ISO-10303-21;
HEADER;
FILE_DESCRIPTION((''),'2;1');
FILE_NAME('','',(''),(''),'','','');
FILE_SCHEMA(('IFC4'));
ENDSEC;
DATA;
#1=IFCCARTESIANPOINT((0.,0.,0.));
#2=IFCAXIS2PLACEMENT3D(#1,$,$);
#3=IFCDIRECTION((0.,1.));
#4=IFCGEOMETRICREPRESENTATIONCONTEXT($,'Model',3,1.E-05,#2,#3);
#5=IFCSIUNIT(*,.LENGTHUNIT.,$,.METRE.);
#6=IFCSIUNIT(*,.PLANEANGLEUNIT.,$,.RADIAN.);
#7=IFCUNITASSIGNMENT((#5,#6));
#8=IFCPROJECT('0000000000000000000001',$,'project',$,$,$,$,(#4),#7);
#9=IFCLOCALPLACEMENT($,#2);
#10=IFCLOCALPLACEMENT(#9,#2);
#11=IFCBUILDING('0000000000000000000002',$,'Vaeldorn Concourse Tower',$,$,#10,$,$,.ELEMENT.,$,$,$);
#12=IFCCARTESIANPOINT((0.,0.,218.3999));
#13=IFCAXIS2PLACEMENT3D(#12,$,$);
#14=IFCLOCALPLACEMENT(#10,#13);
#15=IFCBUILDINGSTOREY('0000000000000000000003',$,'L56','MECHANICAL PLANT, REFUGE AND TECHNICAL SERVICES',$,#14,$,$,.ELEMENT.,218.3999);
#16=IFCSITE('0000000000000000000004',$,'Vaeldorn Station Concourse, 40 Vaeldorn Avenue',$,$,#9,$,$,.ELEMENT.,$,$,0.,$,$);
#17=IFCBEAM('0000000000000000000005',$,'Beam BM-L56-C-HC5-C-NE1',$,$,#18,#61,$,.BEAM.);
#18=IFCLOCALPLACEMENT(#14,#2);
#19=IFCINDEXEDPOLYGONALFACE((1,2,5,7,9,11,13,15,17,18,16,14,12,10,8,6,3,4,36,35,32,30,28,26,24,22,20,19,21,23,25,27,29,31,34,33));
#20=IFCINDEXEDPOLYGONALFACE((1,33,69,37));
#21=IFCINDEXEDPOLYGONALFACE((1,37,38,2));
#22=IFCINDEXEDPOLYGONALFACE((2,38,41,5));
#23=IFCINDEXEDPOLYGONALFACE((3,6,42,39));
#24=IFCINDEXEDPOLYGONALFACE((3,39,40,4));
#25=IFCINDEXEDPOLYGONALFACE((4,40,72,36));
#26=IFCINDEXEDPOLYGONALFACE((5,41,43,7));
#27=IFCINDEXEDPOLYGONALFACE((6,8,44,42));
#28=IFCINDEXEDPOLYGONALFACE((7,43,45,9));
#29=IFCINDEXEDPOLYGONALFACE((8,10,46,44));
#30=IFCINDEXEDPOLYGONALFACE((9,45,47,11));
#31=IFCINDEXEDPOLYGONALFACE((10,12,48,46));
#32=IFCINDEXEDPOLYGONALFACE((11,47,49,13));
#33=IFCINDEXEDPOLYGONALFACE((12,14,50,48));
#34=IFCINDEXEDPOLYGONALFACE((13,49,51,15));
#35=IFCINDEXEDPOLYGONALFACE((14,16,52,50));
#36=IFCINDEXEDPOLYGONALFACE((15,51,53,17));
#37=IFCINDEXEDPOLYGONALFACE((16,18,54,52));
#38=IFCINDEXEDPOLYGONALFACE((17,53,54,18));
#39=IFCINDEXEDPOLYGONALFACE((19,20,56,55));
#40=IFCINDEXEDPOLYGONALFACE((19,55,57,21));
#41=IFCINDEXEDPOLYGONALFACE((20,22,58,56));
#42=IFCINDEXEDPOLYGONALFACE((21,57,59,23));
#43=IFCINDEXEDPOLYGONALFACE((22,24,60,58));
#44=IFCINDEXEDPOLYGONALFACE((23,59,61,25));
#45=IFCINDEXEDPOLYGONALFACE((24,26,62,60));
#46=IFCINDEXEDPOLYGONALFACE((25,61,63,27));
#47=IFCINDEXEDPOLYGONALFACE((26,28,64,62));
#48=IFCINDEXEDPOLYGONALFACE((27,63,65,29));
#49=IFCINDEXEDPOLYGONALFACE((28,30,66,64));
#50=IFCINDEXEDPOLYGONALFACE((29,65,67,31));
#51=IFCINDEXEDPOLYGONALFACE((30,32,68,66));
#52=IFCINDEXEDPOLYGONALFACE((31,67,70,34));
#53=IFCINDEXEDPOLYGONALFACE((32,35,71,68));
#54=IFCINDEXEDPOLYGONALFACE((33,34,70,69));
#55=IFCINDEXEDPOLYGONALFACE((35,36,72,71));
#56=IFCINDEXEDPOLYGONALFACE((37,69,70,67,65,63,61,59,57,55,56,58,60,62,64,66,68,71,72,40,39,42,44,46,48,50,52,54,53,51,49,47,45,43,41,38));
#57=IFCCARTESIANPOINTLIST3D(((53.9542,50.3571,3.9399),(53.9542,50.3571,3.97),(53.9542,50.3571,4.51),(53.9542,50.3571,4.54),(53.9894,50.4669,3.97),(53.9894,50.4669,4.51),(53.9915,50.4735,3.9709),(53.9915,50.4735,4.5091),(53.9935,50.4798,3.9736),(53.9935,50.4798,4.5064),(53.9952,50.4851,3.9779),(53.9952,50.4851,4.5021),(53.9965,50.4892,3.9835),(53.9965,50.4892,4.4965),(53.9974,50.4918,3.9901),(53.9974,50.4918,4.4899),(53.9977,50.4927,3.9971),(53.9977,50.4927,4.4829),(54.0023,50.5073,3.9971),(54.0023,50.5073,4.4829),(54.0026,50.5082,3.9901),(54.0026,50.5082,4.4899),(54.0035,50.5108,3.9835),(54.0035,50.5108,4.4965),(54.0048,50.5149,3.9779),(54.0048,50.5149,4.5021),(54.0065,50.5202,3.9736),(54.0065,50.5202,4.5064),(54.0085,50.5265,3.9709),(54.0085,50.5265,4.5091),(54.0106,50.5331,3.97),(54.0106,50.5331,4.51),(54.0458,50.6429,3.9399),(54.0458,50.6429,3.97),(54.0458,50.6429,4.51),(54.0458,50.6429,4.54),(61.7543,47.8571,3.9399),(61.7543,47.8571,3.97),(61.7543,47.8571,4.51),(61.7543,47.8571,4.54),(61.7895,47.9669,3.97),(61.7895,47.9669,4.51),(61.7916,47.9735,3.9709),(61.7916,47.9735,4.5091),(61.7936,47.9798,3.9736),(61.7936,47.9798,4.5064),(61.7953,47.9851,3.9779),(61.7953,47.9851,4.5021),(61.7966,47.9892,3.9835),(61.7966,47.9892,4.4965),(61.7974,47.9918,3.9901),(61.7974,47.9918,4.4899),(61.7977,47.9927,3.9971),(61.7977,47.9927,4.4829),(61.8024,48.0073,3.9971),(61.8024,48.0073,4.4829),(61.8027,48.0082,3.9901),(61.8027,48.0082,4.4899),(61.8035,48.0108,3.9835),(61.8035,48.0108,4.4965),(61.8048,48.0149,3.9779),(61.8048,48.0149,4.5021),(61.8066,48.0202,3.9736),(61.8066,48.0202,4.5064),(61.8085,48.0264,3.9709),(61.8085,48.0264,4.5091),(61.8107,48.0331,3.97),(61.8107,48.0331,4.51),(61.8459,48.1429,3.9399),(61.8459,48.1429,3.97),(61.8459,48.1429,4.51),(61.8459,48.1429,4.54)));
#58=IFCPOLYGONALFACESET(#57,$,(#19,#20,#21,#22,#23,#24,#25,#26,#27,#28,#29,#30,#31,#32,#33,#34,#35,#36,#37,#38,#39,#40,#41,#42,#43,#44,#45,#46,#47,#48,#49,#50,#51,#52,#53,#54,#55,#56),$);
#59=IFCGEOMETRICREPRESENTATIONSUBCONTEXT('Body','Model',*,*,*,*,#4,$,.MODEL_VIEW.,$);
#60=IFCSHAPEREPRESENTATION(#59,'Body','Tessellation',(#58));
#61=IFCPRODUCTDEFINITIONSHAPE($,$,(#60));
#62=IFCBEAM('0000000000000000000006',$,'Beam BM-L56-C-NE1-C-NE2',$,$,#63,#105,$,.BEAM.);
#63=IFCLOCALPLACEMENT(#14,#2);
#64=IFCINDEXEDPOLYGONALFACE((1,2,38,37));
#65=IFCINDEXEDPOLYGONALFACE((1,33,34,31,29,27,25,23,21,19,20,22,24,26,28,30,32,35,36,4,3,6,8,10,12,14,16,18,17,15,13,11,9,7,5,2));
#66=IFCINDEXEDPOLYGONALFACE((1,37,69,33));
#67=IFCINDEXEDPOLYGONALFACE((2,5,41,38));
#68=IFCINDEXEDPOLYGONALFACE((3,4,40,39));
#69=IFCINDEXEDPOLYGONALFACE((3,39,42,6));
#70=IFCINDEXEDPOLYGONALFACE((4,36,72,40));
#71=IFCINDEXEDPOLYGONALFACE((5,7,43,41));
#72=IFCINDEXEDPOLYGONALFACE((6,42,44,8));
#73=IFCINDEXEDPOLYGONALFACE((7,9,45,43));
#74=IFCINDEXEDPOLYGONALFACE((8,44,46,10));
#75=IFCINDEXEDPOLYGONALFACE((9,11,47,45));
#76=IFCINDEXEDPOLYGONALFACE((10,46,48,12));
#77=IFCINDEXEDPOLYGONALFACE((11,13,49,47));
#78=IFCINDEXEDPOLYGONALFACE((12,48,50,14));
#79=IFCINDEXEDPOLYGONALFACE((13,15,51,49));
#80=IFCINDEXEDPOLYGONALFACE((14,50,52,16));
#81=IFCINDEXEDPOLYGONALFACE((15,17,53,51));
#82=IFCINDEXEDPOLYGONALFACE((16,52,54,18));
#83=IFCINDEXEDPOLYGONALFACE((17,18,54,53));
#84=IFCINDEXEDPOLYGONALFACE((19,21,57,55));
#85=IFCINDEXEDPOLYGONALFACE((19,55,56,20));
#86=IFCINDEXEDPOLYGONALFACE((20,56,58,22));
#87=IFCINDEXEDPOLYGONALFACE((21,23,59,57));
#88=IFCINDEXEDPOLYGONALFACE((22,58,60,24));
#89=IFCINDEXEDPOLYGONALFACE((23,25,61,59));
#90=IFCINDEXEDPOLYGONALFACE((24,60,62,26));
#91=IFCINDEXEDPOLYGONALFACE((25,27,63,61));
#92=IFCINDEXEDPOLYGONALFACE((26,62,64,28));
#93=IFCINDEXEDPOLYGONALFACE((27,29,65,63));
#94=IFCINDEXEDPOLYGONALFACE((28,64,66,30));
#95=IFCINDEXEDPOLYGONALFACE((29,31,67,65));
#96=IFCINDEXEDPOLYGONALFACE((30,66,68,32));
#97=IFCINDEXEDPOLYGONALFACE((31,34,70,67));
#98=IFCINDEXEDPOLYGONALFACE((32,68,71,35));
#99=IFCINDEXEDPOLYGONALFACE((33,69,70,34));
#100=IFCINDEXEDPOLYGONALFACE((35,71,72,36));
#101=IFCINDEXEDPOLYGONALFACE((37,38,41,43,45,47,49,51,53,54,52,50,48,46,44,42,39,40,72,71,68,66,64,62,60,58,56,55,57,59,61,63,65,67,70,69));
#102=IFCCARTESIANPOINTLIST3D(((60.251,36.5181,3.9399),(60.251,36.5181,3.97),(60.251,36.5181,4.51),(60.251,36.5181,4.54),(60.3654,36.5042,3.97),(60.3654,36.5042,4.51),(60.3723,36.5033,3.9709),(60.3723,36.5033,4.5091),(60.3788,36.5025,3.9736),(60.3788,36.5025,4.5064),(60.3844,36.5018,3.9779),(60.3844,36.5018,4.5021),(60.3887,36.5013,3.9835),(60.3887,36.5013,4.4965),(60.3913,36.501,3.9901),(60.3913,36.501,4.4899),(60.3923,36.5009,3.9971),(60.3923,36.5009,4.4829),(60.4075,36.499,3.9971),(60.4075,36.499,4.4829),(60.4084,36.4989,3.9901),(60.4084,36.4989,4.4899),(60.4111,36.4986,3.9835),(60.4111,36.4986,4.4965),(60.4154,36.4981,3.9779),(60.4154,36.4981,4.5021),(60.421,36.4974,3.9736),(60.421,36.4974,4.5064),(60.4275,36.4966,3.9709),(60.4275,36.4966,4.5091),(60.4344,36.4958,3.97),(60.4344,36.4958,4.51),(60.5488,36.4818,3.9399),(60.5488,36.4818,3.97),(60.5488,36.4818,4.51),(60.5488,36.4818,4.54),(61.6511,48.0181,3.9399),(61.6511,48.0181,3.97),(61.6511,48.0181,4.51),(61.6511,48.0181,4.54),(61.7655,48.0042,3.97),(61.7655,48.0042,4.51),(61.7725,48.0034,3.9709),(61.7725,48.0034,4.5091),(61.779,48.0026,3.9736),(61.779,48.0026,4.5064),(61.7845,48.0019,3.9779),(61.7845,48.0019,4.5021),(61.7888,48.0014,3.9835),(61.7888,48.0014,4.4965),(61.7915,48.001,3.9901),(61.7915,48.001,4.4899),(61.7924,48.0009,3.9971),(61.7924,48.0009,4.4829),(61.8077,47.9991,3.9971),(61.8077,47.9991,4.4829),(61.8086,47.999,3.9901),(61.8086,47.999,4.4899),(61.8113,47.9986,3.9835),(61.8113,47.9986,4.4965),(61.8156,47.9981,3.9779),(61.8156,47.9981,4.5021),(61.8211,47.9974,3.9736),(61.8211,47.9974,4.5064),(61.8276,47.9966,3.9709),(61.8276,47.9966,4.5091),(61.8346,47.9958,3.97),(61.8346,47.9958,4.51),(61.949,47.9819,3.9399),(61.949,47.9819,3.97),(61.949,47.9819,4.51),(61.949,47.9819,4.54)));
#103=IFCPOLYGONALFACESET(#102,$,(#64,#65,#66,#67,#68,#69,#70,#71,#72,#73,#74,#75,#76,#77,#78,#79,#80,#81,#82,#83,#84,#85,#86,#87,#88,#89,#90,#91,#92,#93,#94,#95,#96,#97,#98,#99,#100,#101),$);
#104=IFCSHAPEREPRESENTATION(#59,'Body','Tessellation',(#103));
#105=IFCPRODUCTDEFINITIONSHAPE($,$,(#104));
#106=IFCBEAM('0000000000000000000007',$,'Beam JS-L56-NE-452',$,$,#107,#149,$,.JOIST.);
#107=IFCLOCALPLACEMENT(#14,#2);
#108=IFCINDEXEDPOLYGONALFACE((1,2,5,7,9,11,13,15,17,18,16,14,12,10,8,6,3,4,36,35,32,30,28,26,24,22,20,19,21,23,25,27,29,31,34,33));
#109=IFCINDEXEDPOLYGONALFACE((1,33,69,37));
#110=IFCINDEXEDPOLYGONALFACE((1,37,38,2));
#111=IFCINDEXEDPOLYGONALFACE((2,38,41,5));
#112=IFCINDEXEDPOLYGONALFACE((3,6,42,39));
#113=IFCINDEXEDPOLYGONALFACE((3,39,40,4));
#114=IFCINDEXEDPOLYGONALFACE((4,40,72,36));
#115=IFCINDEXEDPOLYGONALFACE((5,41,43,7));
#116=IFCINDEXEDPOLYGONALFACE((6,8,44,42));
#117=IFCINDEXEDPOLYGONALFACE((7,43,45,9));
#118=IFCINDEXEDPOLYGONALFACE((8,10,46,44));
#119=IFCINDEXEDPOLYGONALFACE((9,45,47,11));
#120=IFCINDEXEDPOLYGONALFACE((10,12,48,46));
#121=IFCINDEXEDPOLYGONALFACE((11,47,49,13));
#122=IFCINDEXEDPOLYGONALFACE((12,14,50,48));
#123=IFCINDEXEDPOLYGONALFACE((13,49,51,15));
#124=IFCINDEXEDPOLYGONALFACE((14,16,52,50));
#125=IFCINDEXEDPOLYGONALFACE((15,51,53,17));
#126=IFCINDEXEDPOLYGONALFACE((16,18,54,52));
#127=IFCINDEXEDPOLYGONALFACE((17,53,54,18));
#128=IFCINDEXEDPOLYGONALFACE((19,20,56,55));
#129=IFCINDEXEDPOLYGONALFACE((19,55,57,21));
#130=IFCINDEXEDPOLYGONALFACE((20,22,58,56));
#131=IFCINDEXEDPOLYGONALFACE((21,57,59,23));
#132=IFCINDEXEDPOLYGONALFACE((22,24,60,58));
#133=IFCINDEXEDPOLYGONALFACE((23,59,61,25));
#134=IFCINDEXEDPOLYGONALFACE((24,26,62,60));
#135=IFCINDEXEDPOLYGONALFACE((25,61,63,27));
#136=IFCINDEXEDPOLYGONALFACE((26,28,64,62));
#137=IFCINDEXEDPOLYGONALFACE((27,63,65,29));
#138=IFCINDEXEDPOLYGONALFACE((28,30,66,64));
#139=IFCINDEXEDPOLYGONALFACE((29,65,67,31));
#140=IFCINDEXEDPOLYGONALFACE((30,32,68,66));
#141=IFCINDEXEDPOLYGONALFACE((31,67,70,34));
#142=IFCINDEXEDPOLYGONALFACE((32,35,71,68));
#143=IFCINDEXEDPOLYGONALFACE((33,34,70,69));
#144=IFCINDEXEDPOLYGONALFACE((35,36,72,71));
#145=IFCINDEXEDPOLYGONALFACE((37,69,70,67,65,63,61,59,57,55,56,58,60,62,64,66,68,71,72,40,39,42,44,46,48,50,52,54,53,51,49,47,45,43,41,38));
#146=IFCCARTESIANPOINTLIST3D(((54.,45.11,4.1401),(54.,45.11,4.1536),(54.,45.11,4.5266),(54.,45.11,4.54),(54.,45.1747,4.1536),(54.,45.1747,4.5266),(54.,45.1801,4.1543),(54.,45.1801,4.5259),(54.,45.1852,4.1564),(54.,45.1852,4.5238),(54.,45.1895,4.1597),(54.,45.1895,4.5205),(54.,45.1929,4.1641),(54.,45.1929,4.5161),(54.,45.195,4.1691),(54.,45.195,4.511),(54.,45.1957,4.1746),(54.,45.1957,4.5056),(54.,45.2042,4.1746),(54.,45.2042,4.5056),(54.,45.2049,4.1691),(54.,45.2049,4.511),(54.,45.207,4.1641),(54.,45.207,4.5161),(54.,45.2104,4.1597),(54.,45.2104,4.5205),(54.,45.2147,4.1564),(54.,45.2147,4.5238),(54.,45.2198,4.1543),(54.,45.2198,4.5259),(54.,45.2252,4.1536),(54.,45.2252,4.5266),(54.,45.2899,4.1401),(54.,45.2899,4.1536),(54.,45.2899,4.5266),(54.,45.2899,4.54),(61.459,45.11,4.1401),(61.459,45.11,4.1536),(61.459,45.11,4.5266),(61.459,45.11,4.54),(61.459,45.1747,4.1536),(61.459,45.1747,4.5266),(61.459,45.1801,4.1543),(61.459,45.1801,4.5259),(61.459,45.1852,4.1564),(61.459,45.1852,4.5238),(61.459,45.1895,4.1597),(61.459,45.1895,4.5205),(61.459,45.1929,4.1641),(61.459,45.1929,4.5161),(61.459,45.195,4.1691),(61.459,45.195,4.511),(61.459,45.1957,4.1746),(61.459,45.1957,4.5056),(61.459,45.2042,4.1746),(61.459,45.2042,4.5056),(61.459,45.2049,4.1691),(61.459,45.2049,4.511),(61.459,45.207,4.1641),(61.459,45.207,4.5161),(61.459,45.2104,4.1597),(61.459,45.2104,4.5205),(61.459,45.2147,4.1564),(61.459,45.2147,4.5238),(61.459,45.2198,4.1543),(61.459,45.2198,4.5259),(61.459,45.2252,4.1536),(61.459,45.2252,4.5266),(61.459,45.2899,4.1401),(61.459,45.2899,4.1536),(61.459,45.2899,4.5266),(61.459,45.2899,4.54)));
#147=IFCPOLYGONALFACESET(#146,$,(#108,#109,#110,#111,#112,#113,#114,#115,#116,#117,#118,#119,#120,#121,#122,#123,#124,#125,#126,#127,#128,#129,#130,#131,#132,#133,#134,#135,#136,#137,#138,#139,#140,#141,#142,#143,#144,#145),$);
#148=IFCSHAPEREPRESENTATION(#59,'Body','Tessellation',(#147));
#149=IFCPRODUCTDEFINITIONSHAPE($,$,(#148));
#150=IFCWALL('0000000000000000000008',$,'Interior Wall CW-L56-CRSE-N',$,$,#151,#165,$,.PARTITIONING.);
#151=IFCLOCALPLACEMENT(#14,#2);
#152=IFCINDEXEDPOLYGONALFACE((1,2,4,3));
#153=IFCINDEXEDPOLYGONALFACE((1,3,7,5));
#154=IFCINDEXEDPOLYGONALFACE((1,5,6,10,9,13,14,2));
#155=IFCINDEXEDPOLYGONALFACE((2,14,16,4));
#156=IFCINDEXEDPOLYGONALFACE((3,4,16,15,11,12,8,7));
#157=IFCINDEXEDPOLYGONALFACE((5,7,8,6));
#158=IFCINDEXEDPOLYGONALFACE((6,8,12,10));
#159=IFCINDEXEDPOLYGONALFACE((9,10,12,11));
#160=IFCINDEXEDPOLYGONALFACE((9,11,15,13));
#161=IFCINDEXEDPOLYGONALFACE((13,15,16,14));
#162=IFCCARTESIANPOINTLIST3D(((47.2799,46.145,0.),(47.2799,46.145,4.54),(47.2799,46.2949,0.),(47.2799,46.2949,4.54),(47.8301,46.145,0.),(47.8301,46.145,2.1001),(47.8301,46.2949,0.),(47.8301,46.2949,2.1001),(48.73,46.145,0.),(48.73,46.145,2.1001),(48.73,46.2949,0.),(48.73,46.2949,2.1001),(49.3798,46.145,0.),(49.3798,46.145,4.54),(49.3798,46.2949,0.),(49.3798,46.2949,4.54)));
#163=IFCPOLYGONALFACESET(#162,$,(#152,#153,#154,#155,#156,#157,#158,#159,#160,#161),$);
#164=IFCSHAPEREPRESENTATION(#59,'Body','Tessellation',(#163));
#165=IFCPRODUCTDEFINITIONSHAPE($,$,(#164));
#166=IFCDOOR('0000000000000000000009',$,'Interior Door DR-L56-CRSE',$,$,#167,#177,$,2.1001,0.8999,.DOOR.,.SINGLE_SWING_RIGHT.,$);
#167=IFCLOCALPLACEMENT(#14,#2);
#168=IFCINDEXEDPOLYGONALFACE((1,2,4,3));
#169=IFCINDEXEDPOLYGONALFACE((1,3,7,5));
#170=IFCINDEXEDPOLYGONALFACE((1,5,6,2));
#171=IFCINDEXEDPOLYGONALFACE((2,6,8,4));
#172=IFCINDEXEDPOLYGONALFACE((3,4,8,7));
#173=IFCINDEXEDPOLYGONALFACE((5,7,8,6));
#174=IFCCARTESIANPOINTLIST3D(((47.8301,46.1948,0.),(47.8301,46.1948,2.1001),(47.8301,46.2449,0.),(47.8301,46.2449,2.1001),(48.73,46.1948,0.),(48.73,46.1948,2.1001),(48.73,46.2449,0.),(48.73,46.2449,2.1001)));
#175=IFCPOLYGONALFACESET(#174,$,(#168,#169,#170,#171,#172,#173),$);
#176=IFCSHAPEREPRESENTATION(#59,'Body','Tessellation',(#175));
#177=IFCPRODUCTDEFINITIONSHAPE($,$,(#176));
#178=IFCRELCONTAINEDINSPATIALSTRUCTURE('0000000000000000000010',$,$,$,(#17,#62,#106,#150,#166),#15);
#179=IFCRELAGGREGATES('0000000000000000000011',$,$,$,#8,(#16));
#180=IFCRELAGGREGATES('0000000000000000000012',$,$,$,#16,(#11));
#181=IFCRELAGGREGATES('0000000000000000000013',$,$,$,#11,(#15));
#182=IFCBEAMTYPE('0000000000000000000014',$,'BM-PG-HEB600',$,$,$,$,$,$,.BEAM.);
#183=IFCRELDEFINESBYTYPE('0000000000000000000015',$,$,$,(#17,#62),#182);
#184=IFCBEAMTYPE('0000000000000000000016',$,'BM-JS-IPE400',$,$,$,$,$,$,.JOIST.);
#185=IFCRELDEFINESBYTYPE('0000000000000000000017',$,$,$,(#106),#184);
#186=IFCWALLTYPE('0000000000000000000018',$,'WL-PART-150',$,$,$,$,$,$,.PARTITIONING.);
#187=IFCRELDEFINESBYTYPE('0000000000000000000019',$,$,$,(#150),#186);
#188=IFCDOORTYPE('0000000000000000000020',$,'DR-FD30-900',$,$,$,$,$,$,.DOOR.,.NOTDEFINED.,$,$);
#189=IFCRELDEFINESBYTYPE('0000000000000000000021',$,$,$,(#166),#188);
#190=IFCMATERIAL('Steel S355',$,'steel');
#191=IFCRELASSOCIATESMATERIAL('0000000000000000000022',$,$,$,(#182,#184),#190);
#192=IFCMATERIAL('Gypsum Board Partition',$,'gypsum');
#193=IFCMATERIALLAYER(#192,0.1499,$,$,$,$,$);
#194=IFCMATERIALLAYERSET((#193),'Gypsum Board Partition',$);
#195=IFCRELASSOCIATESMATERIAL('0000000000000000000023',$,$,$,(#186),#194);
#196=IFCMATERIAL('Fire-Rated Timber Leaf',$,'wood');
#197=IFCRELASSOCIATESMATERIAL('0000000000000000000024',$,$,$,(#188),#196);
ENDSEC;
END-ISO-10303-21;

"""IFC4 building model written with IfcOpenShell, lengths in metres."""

from ifc_helpers import new_model, si_unit, direction, frame, frame_2d, origin, origin_2d, place, context, subcontext, project, spatial, rectangle, i_section, extrude, source, transform, mapped, material, layer, layer_set, material_profile, profile_set, type_object, element, fill, save


model = new_model("IFC4")

# Units and contexts
model_context = context("Model", 3, precision=1e-05, world=origin(), true_north=direction((0.0, 1.0)))
body_context = subcontext(model_context, "Body", "Model", "MODEL_VIEW")
ifc_project = project(units=[si_unit("LENGTHUNIT", "METRE"), si_unit("PLANEANGLEUNIT", "RADIAN")], contexts=[model_context])

# Site, building, storey
site_placement = place(None, origin())
site = spatial("IfcSite", under=ifc_project, at=site_placement, Name="Vaeldorn Station Concourse, 40 Vaeldorn Avenue", CompositionType="ELEMENT", RefElevation=0.0)
building_placement = place(site_placement, origin())
building = spatial("IfcBuilding", under=site, at=building_placement, Name="Vaeldorn Concourse Tower", CompositionType="ELEMENT")
storey_placement = place(building_placement, frame((0.0, 0.0, 218.3999)))
storey = spatial("IfcBuildingStorey", under=building, at=storey_placement, Name="L56", Description="MECHANICAL PLANT, REFUGE AND TECHNICAL SERVICES", CompositionType="ELEMENT", Elevation=218.3999)

# Beams
ifc_material_1 = material(Name="Steel S355", Category="steel")
ifc_material_profile_1 = material_profile(ifc_material_1, i_section(OverallWidth=0.3, OverallDepth=0.6001, WebThickness=0.0154, FlangeThickness=0.03, FilletRadius=0.0271, at=origin_2d()), Name="HEB 600")
ifc_profile_set_1 = profile_set([ifc_material_profile_1], Name="Steel S355")
beam_type_1 = type_object("IfcBeamType", Name="BM-PG-HEB600", PredefinedType="BEAM", material=ifc_profile_set_1)
shared_shape_1 = source(origin(), body_context, "Body", "SweptSolid", [
    extrude(i_section(OverallWidth=0.3, OverallDepth=0.6001, WebThickness=0.0154, FlangeThickness=0.03, FilletRadius=0.0271, at=origin_2d()), origin(), (0.0, 0.0, 1.0), 8.1909),
])
beam_1_placement = place(storey_placement, frame((54.0, 50.5, 4.24), z_axis=(0.952283, -0.305217, 0.0), x_axis=(0.305217, 0.952283, 0.0)))
element("IfcBeam", 1, at=beam_1_placement, inside=storey, type_object=beam_type_1, Name="Beam BM-L56-C-HC5-C-NE1", PredefinedType="BEAM", context=body_context, shape_type="MappedRepresentation", body=[
    mapped(shared_shape_1, transform((0.0, 0.0, 0.0), scale=1.0)),
])
shared_shape_2 = source(origin(), body_context, "Body", "SweptSolid", [
    extrude(i_section(OverallWidth=0.3, OverallDepth=0.6001, WebThickness=0.0154, FlangeThickness=0.03, FilletRadius=0.0271, at=origin_2d()), origin(), (0.0, 0.0, 1.0), 11.585),
])
beam_2_placement = place(storey_placement, frame((61.8, 48.0, 4.24), z_axis=(-0.120859, -0.99267, 0.0), x_axis=(0.99267, -0.120859, 0.0)))
element("IfcBeam", 2, at=beam_2_placement, inside=storey, type_object=beam_type_1, Name="Beam BM-L56-C-NE1-C-NE2", PredefinedType="BEAM", context=body_context, shape_type="MappedRepresentation", body=[
    mapped(shared_shape_2, transform((0.0, 0.0, 0.0), scale=1.0)),
])
ifc_material_profile_2 = material_profile(ifc_material_1, i_section(OverallWidth=0.1799, OverallDepth=0.3999, WebThickness=0.0085, FlangeThickness=0.0134, FilletRadius=0.021, at=origin_2d()), Name="IPE 400")
ifc_profile_set_2 = profile_set([ifc_material_profile_2], Name="Steel S355")
beam_type_2 = type_object("IfcBeamType", Name="BM-JS-IPE400", PredefinedType="JOIST", material=ifc_profile_set_2)
shared_shape_3 = source(origin(), body_context, "Body", "SweptSolid", [
    extrude(i_section(OverallWidth=0.1799, OverallDepth=0.3999, WebThickness=0.0085, FlangeThickness=0.0134, FilletRadius=0.021, at=origin_2d()), origin(), (0.0, 0.0, 1.0), 7.459),
])
beam_3_placement = place(storey_placement, frame((54.0, 45.2, 4.3401), z_axis=(1.0, 0.0, 0.0), x_axis=(0.0, 1.0, 0.0)))
element("IfcBeam", 3, at=beam_3_placement, inside=storey, type_object=beam_type_2, Name="Beam JS-L56-NE-452", PredefinedType="JOIST", context=body_context, shape_type="MappedRepresentation", body=[
    mapped(shared_shape_3, transform((0.0, 0.0, 0.0), scale=1.0)),
])

# Wall, opening, door
ifc_material_2 = material(Name="Gypsum Board Partition", Category="gypsum")
ifc_layer_1 = layer(ifc_material_2, 0.1499)
ifc_layer_set_1 = layer_set([ifc_layer_1], Name="Gypsum Board Partition")
wall_type_1 = type_object("IfcWallType", Name="WL-PART-150", PredefinedType="PARTITIONING", material=ifc_layer_set_1)
wall_1_placement = place(storey_placement, frame((47.28, 46.22, 0.0), z_axis=(0.0, 0.0, 1.0), x_axis=(1.0, 0.0, 0.0)))
wall_1 = element("IfcWall", 4, at=wall_1_placement, inside=storey, type_object=wall_type_1, Name="Interior Wall CW-L56-CRSE-N", PredefinedType="PARTITIONING", context=body_context, shape_type="SweptSolid", body=[
    extrude(rectangle(XDim=2.0999, YDim=0.1499, at=frame_2d((1.0498, 0.0))), origin(), (0.0, 0.0, 1.0), 4.54),
])
opening_placement = place(wall_1_placement, frame((0.55, 0.0, 0.0)))
opening = element("IfcOpeningElement", 5, at=opening_placement, cuts=wall_1, PredefinedType="OPENING", context=body_context, shape_type="SweptSolid", body=[
    extrude(rectangle(XDim=0.8999, YDim=2.1001, at=frame_2d((0.45, 1.05))), frame((0.0, 0.085, 0.0), z_axis=(0.0, -1.0, 0.0), x_axis=(1.0, 0.0, 0.0)), (0.0, 0.0, 1.0), 0.1699),
])
ifc_material_3 = material(Name="Fire-Rated Timber Leaf", Category="wood")
door_type = type_object("IfcDoorType", Name="DR-FD30-900", OperationType="NOTDEFINED", PredefinedType="DOOR", material=ifc_material_3)
shared_shape_4 = source(origin(), body_context, "Body", "SweptSolid", [
    extrude(rectangle(XDim=0.8999, YDim=2.1001, at=frame_2d((0.45, 1.05))), frame((0.0, 0.0249, 0.0), z_axis=(0.0, -1.0, 0.0), x_axis=(1.0, 0.0, 0.0)), (0.0, 0.0, 1.0), 0.05),
])
door_placement = place(opening_placement, origin())
door = element("IfcDoor", 6, at=door_placement, inside=storey, type_object=door_type, Name="Interior Door DR-L56-CRSE", OperationType="SINGLE_SWING_RIGHT", OverallHeight=2.1001, OverallWidth=0.8999, PredefinedType="DOOR", context=body_context, shape_type="MappedRepresentation", body=[
    mapped(shared_shape_4, transform((0.0, 0.0, 0.0), scale=1.0)),
])
fill(opening, door)

save(model, "model.ifc")
